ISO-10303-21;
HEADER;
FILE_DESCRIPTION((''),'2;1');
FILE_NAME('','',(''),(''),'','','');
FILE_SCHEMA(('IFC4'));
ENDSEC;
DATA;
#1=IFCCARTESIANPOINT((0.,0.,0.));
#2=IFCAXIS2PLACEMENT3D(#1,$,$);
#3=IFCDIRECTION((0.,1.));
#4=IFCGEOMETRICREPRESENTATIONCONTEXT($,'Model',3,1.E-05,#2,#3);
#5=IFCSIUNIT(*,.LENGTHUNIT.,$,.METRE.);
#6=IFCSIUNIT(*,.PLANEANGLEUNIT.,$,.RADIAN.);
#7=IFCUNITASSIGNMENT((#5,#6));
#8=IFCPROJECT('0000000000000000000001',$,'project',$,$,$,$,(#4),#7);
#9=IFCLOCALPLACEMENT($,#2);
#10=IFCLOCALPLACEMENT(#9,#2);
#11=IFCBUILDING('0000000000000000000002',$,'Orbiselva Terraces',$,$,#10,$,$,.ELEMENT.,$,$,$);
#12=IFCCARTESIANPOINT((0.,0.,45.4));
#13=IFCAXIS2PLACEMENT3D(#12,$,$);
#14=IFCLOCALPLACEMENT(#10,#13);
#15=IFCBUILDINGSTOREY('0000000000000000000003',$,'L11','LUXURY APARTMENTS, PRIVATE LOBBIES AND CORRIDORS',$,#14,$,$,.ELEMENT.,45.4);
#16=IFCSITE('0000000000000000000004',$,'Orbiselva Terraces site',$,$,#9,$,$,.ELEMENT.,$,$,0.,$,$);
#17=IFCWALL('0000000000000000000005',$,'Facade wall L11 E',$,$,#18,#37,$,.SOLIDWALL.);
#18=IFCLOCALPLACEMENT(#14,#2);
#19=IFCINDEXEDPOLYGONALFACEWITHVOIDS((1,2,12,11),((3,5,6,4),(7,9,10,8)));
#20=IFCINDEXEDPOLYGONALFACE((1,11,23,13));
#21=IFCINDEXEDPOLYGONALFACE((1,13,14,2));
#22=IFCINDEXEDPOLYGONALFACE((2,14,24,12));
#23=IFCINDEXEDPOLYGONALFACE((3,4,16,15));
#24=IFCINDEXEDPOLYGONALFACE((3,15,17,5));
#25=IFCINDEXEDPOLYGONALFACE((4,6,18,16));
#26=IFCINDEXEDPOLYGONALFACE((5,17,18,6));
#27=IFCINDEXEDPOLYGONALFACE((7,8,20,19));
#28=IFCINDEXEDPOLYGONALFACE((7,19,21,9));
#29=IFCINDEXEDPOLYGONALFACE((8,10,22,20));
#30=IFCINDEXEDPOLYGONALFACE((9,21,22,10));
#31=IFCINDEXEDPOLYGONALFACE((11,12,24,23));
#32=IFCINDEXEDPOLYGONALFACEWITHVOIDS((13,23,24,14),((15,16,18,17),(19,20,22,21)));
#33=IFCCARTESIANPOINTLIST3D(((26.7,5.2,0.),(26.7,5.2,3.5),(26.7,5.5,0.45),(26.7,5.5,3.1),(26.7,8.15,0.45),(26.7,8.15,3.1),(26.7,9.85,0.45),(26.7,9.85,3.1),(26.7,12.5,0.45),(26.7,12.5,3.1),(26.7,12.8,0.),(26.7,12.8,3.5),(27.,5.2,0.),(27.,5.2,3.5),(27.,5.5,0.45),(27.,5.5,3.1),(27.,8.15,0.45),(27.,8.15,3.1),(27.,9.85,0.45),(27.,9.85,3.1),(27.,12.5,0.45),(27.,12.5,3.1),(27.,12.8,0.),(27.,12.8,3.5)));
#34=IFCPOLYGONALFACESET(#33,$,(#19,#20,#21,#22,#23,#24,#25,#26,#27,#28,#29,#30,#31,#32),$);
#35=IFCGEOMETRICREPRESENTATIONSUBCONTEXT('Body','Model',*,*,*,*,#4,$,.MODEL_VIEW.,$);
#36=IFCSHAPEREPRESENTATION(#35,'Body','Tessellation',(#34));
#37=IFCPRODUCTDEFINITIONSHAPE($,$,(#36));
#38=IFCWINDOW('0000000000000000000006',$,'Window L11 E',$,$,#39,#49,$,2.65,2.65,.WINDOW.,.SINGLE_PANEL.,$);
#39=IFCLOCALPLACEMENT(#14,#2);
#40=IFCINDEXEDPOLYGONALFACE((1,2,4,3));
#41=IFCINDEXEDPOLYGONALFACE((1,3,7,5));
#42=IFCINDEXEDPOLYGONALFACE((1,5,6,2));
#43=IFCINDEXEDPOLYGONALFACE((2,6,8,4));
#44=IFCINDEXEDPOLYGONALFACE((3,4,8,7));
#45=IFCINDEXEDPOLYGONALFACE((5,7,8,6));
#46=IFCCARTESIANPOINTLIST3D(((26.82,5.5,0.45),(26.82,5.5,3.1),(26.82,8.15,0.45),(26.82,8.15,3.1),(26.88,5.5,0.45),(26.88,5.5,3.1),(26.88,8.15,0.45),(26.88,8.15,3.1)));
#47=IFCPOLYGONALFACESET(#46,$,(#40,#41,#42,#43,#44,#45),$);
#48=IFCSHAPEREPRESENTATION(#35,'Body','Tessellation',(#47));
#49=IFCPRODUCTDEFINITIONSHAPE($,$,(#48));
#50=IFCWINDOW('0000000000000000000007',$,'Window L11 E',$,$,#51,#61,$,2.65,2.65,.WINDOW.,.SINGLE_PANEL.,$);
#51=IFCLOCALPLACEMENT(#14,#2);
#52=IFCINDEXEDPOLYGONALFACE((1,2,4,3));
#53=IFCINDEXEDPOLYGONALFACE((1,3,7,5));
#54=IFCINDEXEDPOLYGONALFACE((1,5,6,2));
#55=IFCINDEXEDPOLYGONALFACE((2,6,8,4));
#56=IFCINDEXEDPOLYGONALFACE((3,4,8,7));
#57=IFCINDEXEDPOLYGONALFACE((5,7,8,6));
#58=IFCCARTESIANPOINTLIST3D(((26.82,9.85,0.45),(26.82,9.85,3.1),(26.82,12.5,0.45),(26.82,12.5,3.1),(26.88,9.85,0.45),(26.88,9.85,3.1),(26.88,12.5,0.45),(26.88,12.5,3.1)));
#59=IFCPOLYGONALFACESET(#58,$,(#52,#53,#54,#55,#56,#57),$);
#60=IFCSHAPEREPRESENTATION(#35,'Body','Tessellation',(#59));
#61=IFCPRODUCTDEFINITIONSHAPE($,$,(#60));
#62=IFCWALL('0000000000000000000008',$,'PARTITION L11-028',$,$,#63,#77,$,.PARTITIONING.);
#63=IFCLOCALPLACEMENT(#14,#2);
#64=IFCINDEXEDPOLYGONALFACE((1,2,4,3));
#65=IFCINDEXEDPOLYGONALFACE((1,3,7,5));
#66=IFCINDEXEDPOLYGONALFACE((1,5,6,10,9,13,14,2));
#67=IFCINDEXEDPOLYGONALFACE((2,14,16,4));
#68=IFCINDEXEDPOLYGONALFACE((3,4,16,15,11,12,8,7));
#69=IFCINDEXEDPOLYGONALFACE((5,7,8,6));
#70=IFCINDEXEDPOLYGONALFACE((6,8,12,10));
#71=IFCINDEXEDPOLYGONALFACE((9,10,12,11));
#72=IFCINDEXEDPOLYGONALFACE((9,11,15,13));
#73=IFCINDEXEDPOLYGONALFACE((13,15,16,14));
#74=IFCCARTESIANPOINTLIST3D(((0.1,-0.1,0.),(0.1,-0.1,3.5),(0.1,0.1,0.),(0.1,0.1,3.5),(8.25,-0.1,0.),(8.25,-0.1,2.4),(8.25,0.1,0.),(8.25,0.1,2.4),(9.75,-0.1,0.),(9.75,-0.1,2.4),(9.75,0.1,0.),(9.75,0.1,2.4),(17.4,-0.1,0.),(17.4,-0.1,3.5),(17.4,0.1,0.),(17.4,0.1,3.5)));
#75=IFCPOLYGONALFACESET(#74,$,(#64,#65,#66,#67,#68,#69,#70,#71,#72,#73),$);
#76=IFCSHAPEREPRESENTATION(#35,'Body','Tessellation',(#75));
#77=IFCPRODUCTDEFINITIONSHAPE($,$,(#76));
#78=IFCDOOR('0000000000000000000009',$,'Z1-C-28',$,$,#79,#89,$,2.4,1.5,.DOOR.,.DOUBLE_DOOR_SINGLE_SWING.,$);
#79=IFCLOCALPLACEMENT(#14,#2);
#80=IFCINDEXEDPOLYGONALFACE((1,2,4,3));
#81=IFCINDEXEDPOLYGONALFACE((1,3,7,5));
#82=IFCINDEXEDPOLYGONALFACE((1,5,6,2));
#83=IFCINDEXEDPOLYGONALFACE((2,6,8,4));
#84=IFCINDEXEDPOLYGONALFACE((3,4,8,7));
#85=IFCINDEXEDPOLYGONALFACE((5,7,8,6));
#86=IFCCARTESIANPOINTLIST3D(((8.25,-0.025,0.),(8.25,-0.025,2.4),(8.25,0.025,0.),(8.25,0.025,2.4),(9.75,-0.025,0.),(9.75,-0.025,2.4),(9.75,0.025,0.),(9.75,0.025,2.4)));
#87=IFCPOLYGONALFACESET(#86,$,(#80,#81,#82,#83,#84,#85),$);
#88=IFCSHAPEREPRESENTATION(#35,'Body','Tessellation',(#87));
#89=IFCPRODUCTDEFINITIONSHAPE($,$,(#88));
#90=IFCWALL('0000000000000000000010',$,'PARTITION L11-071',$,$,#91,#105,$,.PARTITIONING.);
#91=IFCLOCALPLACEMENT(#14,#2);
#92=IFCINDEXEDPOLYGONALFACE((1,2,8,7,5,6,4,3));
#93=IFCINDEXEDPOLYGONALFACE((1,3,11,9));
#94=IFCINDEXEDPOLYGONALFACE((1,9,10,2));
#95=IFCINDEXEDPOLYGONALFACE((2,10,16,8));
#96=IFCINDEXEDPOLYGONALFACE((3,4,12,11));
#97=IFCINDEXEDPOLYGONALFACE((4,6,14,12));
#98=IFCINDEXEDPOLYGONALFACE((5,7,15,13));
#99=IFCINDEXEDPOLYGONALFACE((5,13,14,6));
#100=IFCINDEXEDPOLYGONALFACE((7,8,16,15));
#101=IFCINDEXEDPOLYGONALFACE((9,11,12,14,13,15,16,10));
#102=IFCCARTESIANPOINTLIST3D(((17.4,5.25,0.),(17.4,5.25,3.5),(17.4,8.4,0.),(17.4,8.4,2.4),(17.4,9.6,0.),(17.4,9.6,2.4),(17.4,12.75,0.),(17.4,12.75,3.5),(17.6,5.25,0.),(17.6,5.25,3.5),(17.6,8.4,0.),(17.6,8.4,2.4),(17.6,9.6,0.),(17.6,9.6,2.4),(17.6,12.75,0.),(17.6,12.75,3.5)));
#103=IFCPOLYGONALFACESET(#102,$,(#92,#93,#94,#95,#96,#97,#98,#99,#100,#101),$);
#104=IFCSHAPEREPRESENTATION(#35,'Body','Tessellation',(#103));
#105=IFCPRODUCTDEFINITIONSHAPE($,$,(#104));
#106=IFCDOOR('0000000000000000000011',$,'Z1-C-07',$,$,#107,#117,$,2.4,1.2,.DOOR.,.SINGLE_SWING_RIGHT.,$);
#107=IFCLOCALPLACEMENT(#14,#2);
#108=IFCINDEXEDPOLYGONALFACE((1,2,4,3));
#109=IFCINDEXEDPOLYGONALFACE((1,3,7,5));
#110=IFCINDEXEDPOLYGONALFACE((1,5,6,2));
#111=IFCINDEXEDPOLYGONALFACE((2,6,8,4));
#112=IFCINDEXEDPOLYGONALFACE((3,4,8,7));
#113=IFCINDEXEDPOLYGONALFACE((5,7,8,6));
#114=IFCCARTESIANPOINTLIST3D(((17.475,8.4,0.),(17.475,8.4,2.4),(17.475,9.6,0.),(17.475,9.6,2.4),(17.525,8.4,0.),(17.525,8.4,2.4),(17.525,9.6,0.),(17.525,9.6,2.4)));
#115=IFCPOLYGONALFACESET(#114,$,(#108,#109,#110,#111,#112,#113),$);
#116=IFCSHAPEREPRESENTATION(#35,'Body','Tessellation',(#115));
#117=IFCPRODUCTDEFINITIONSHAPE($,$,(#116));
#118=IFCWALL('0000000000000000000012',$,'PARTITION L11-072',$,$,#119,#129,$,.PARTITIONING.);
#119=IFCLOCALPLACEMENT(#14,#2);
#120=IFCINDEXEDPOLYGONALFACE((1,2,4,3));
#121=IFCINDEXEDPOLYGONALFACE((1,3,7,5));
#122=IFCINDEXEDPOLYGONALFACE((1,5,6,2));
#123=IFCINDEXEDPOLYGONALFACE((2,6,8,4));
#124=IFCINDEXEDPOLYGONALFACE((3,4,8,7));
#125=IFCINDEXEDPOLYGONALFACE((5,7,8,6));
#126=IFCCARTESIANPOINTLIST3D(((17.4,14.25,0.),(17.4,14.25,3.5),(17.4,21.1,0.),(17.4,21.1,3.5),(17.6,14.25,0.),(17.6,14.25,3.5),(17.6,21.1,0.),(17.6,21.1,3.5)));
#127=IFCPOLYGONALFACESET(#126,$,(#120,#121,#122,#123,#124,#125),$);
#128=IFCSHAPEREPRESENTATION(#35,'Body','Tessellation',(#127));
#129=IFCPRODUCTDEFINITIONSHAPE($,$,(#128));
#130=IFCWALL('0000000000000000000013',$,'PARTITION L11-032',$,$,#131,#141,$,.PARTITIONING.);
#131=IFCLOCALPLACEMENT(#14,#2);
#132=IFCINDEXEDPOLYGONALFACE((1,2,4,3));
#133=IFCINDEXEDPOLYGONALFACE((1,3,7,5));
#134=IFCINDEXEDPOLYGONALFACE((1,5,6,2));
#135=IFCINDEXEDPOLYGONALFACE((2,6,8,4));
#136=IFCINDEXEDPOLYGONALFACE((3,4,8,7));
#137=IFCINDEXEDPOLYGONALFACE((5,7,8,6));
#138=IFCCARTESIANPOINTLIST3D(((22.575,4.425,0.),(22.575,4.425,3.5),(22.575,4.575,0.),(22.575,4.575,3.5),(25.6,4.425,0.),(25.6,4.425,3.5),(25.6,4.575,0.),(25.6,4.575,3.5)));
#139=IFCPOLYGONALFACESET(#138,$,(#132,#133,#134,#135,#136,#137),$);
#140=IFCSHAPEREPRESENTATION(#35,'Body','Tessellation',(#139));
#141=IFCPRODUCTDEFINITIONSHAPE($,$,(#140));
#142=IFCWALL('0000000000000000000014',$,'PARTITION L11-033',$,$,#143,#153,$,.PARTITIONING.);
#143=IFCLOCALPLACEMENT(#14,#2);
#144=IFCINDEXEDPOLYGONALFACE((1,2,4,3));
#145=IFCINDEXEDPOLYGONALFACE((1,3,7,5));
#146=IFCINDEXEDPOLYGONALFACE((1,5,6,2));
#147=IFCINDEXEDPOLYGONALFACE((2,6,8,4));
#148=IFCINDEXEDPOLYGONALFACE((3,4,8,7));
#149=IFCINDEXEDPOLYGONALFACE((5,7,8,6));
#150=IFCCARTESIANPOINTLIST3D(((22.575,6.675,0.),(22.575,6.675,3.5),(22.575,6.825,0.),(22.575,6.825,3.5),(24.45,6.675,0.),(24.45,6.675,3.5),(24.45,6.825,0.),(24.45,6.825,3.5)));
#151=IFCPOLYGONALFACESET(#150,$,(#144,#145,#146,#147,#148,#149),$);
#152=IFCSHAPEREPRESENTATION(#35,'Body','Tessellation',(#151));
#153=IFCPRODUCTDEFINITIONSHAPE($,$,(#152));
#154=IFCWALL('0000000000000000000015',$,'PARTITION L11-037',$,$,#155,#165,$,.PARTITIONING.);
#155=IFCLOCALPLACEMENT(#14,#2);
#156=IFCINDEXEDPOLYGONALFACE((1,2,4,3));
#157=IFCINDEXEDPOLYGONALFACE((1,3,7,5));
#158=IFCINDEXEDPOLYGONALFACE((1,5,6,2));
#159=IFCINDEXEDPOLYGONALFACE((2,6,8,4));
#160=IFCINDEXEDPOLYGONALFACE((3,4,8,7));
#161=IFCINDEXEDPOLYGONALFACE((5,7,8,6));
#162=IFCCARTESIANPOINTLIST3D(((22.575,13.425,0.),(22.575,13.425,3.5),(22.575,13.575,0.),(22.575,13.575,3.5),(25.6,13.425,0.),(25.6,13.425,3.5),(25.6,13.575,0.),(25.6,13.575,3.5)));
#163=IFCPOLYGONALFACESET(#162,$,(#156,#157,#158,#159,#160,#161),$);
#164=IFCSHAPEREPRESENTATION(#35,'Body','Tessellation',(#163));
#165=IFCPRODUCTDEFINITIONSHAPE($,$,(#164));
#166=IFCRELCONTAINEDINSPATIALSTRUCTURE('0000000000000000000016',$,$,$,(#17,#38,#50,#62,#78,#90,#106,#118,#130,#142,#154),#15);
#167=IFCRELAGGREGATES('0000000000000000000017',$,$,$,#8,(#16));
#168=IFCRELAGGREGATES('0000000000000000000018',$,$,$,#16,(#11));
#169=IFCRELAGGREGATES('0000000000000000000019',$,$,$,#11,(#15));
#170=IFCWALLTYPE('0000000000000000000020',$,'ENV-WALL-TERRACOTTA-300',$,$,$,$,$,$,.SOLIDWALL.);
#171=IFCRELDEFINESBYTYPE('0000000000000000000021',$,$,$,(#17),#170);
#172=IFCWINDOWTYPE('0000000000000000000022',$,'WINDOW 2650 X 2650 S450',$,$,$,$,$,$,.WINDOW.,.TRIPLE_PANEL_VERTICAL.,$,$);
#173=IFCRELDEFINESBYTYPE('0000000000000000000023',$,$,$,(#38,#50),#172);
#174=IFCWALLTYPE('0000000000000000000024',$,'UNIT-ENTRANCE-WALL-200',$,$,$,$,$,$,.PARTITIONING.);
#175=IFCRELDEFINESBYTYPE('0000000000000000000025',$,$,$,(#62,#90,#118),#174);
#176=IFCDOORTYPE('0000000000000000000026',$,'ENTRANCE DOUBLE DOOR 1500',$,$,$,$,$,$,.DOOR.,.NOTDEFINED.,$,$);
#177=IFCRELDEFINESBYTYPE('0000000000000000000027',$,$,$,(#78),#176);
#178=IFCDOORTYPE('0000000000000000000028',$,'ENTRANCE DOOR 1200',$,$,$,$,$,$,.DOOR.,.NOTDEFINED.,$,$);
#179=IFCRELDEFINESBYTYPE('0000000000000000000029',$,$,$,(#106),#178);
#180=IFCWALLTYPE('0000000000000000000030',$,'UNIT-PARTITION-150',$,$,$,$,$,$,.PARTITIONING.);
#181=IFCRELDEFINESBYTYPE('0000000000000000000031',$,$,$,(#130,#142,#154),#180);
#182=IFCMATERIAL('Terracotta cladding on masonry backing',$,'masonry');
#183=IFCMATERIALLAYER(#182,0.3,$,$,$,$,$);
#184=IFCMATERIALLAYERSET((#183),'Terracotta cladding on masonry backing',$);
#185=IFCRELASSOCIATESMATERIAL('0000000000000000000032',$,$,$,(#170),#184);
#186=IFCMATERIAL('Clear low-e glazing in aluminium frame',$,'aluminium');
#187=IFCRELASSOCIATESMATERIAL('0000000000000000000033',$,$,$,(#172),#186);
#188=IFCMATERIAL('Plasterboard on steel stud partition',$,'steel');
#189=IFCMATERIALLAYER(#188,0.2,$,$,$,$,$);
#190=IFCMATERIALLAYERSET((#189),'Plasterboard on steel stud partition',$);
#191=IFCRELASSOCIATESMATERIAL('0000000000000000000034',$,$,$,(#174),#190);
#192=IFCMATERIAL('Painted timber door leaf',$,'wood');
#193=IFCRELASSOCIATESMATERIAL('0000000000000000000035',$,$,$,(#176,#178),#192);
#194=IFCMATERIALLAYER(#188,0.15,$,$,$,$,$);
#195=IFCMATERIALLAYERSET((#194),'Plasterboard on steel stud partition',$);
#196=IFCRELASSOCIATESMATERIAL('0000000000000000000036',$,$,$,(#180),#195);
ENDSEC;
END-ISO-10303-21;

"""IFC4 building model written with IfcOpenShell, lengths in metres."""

from ifc_helpers import new_model, si_unit, direction, frame, frame_2d, origin, place, context, subcontext, project, spatial, rectangle, extrude, material, layer, layer_set, type_object, element, fill, save


model = new_model("IFC4")

# Units and contexts
model_context = context("Model", 3, precision=1e-05, world=origin(), true_north=direction((0.0, 1.0)))
body_context = subcontext(model_context, "Body", "Model", "MODEL_VIEW")
ifc_project = project(units=[si_unit("LENGTHUNIT", "METRE"), si_unit("PLANEANGLEUNIT", "RADIAN")], contexts=[model_context])

# Site, building, storey
site_placement = place(None, origin())
site = spatial("IfcSite", under=ifc_project, at=site_placement, Name="Orbiselva Terraces site", CompositionType="ELEMENT", RefElevation=0.0)
building_placement = place(site_placement, origin())
building = spatial("IfcBuilding", under=site, at=building_placement, Name="Orbiselva Terraces", CompositionType="ELEMENT")
storey_placement = place(building_placement, frame((0.0, 0.0, 45.4)))
storey = spatial("IfcBuildingStorey", under=building, at=storey_placement, Name="L11", Description="LUXURY APARTMENTS, PRIVATE LOBBIES AND CORRIDORS", CompositionType="ELEMENT", Elevation=45.4)

# Shared definitions
ifc_material_1 = material(Name="Terracotta cladding on masonry backing", Category="masonry")
ifc_layer_1 = layer(ifc_material_1, 0.3)
ifc_layer_set_1 = layer_set([ifc_layer_1], Name="Terracotta cladding on masonry backing")
wall_type_1 = type_object("IfcWallType", Name="ENV-WALL-TERRACOTTA-300", PredefinedType="SOLIDWALL", material=ifc_layer_set_1)
ifc_material_2 = material(Name="Clear low-e glazing in aluminium frame", Category="aluminium")
window_type = type_object("IfcWindowType", Name="WINDOW 2650 X 2650 S450", PartitioningType="TRIPLE_PANEL_VERTICAL", PredefinedType="WINDOW", material=ifc_material_2)

# Wall, openings, windows
wall_1_placement = place(storey_placement, frame((26.85, 12.8, 0.0), z_axis=(0.0, 0.0, 1.0), x_axis=(0.0, -1.0, 0.0)))
wall_1 = element("IfcWall", 1, at=wall_1_placement, inside=storey, type_object=wall_type_1, Name="Facade wall L11 E", PredefinedType="SOLIDWALL", context=body_context, shape_type="SweptSolid", body=[
    extrude(rectangle(XDim=7.6, YDim=0.3, at=frame_2d((3.8, 0.0))), origin(), (0.0, 0.0, 1.0), 3.5),
])
opening_1_placement = place(wall_1_placement, frame((4.65, 0.0, 0.45)))
opening_1 = element("IfcOpeningElement", 2, at=opening_1_placement, cuts=wall_1, PredefinedType="OPENING", context=body_context, shape_type="SweptSolid", body=[
    extrude(rectangle(XDim=2.65, YDim=2.65, at=frame_2d((1.325, 1.325))), frame((0.0, 0.16, 0.0), z_axis=(0.0, -1.0, 0.0), x_axis=(1.0, 0.0, 0.0)), (0.0, 0.0, 1.0), 0.32),
])
opening_2_placement = place(wall_1_placement, frame((0.3, 0.0, 0.45)))
opening_2 = element("IfcOpeningElement", 3, at=opening_2_placement, cuts=wall_1, PredefinedType="OPENING", context=body_context, shape_type="SweptSolid", body=[
    extrude(rectangle(XDim=2.65, YDim=2.65, at=frame_2d((1.325, 1.325))), frame((0.0, 0.16, 0.0), z_axis=(0.0, -1.0, 0.0), x_axis=(1.0, 0.0, 0.0)), (0.0, 0.0, 1.0), 0.32),
])
window_1_placement = place(opening_1_placement, origin())
window_1 = element("IfcWindow", 4, at=window_1_placement, inside=storey, type_object=window_type, Name="Window L11 E", OverallHeight=2.65, OverallWidth=2.65, PartitioningType="SINGLE_PANEL", PredefinedType="WINDOW", context=body_context, shape_type="SweptSolid", body=[
    extrude(rectangle(XDim=2.65, YDim=2.65, at=frame_2d((1.325, 1.325))), frame((0.0, 0.03, 0.0), z_axis=(0.0, -1.0, 0.0), x_axis=(1.0, 0.0, 0.0)), (0.0, 0.0, 1.0), 0.06),
])
fill(opening_1, window_1)
window_2_placement = place(opening_2_placement, origin())
window_2 = element("IfcWindow", 5, at=window_2_placement, inside=storey, type_object=window_type, Name="Window L11 E", OverallHeight=2.65, OverallWidth=2.65, PartitioningType="SINGLE_PANEL", PredefinedType="WINDOW", context=body_context, shape_type="SweptSolid", body=[
    extrude(rectangle(XDim=2.65, YDim=2.65, at=frame_2d((1.325, 1.325))), frame((0.0, 0.03, 0.0), z_axis=(0.0, -1.0, 0.0), x_axis=(1.0, 0.0, 0.0)), (0.0, 0.0, 1.0), 0.06),
])
fill(opening_2, window_2)

# Walls, openings, doors
ifc_material_3 = material(Name="Plasterboard on steel stud partition", Category="steel")
ifc_layer_2 = layer(ifc_material_3, 0.2)
ifc_layer_set_2 = layer_set([ifc_layer_2], Name="Plasterboard on steel stud partition")
wall_type_2 = type_object("IfcWallType", Name="UNIT-ENTRANCE-WALL-200", PredefinedType="PARTITIONING", material=ifc_layer_set_2)
wall_2_placement = place(storey_placement, frame((17.4, 0.0, 0.0), z_axis=(0.0, 0.0, 1.0), x_axis=(-1.0, 0.0, 0.0)))
wall_2 = element("IfcWall", 6, at=wall_2_placement, inside=storey, type_object=wall_type_2, Name="PARTITION L11-028", PredefinedType="PARTITIONING", context=body_context, shape_type="SweptSolid", body=[
    extrude(rectangle(XDim=17.3, YDim=0.2, at=frame_2d((8.65, 0.0))), origin(), (0.0, 0.0, 1.0), 3.5),
])
opening_3_placement = place(wall_2_placement, frame((7.65, 0.0, 0.0)))
opening_3 = element("IfcOpeningElement", 7, at=opening_3_placement, cuts=wall_2, PredefinedType="OPENING", context=body_context, shape_type="SweptSolid", body=[
    extrude(rectangle(XDim=1.5, YDim=2.4, at=frame_2d((0.75, 1.2))), frame((0.0, 0.11, 0.0), z_axis=(0.0, -1.0, 0.0), x_axis=(1.0, 0.0, 0.0)), (0.0, 0.0, 1.0), 0.22),
])
ifc_material_4 = material(Name="Painted timber door leaf", Category="wood")
door_type_1 = type_object("IfcDoorType", Name="ENTRANCE DOUBLE DOOR 1500", OperationType="NOTDEFINED", PredefinedType="DOOR", material=ifc_material_4)
door_1_placement = place(opening_3_placement, origin())
door_1 = element("IfcDoor", 8, at=door_1_placement, inside=storey, type_object=door_type_1, Name="Z1-C-28", OperationType="DOUBLE_DOOR_SINGLE_SWING", OverallHeight=2.4, OverallWidth=1.5, PredefinedType="DOOR", context=body_context, shape_type="SweptSolid", body=[
    extrude(rectangle(XDim=1.5, YDim=2.4, at=frame_2d((0.75, 1.2))), frame((0.0, 0.025, 0.0), z_axis=(0.0, -1.0, 0.0), x_axis=(1.0, 0.0, 0.0)), (0.0, 0.0, 1.0), 0.05),
])
fill(opening_3, door_1)
wall_3_placement = place(storey_placement, frame((17.5, 12.75, 0.0), z_axis=(0.0, 0.0, 1.0), x_axis=(0.0, -1.0, 0.0)))
wall_3 = element("IfcWall", 9, at=wall_3_placement, inside=storey, type_object=wall_type_2, Name="PARTITION L11-071", PredefinedType="PARTITIONING", context=body_context, shape_type="SweptSolid", body=[
    extrude(rectangle(XDim=7.5, YDim=0.2, at=frame_2d((3.75, 0.0))), origin(), (0.0, 0.0, 1.0), 3.5),
])
opening_4_placement = place(wall_3_placement, frame((3.15, 0.0, 0.0)))
opening_4 = element("IfcOpeningElement", 10, at=opening_4_placement, cuts=wall_3, PredefinedType="OPENING", context=body_context, shape_type="SweptSolid", body=[
    extrude(rectangle(XDim=1.2, YDim=2.4, at=frame_2d((0.6, 1.2))), frame((0.0, 0.11, 0.0), z_axis=(0.0, -1.0, 0.0), x_axis=(1.0, 0.0, 0.0)), (0.0, 0.0, 1.0), 0.22),
])
door_type_2 = type_object("IfcDoorType", Name="ENTRANCE DOOR 1200", OperationType="NOTDEFINED", PredefinedType="DOOR", material=ifc_material_4)
door_2_placement = place(opening_4_placement, origin())
door_2 = element("IfcDoor", 11, at=door_2_placement, inside=storey, type_object=door_type_2, Name="Z1-C-07", OperationType="SINGLE_SWING_RIGHT", OverallHeight=2.4, OverallWidth=1.2, PredefinedType="DOOR", context=body_context, shape_type="SweptSolid", body=[
    extrude(rectangle(XDim=1.2, YDim=2.4, at=frame_2d((0.6, 1.2))), frame((0.0, 0.025, 0.0), z_axis=(0.0, -1.0, 0.0), x_axis=(1.0, 0.0, 0.0)), (0.0, 0.0, 1.0), 0.05),
])
fill(opening_4, door_2)

# Walls
wall_4_placement = place(storey_placement, frame((17.5, 14.25, 0.0), z_axis=(0.0, 0.0, 1.0), x_axis=(0.0, 1.0, 0.0)))
element("IfcWall", 12, at=wall_4_placement, inside=storey, type_object=wall_type_2, Name="PARTITION L11-072", PredefinedType="PARTITIONING", context=body_context, shape_type="SweptSolid", body=[
    extrude(rectangle(XDim=6.85, YDim=0.2, at=frame_2d((3.425, 0.0))), origin(), (0.0, 0.0, 1.0), 3.5),
])
ifc_layer_3 = layer(ifc_material_3, 0.15)
ifc_layer_set_3 = layer_set([ifc_layer_3], Name="Plasterboard on steel stud partition")
wall_type_3 = type_object("IfcWallType", Name="UNIT-PARTITION-150", PredefinedType="PARTITIONING", material=ifc_layer_set_3)
wall_5_placement = place(storey_placement, frame((22.575, 4.5, 0.0), z_axis=(0.0, 0.0, 1.0), x_axis=(1.0, 0.0, 0.0)))
element("IfcWall", 13, at=wall_5_placement, inside=storey, type_object=wall_type_3, Name="PARTITION L11-032", PredefinedType="PARTITIONING", context=body_context, shape_type="SweptSolid", body=[
    extrude(rectangle(XDim=3.025, YDim=0.15, at=frame_2d((1.5125, 0.0))), origin(), (0.0, 0.0, 1.0), 3.5),
])
wall_6_placement = place(storey_placement, frame((22.575, 6.75, 0.0), z_axis=(0.0, 0.0, 1.0), x_axis=(1.0, 0.0, 0.0)))
element("IfcWall", 14, at=wall_6_placement, inside=storey, type_object=wall_type_3, Name="PARTITION L11-033", PredefinedType="PARTITIONING", context=body_context, shape_type="SweptSolid", body=[
    extrude(rectangle(XDim=1.875, YDim=0.15, at=frame_2d((0.9375, 0.0))), origin(), (0.0, 0.0, 1.0), 3.5),
])
wall_7_placement = place(storey_placement, frame((22.575, 13.5, 0.0), z_axis=(0.0, 0.0, 1.0), x_axis=(1.0, 0.0, 0.0)))
element("IfcWall", 15, at=wall_7_placement, inside=storey, type_object=wall_type_3, Name="PARTITION L11-037", PredefinedType="PARTITIONING", context=body_context, shape_type="SweptSolid", body=[
    extrude(rectangle(XDim=3.025, YDim=0.15, at=frame_2d((1.5125, 0.0))), origin(), (0.0, 0.0, 1.0), 3.5),
])

save(model, "model.ifc")
